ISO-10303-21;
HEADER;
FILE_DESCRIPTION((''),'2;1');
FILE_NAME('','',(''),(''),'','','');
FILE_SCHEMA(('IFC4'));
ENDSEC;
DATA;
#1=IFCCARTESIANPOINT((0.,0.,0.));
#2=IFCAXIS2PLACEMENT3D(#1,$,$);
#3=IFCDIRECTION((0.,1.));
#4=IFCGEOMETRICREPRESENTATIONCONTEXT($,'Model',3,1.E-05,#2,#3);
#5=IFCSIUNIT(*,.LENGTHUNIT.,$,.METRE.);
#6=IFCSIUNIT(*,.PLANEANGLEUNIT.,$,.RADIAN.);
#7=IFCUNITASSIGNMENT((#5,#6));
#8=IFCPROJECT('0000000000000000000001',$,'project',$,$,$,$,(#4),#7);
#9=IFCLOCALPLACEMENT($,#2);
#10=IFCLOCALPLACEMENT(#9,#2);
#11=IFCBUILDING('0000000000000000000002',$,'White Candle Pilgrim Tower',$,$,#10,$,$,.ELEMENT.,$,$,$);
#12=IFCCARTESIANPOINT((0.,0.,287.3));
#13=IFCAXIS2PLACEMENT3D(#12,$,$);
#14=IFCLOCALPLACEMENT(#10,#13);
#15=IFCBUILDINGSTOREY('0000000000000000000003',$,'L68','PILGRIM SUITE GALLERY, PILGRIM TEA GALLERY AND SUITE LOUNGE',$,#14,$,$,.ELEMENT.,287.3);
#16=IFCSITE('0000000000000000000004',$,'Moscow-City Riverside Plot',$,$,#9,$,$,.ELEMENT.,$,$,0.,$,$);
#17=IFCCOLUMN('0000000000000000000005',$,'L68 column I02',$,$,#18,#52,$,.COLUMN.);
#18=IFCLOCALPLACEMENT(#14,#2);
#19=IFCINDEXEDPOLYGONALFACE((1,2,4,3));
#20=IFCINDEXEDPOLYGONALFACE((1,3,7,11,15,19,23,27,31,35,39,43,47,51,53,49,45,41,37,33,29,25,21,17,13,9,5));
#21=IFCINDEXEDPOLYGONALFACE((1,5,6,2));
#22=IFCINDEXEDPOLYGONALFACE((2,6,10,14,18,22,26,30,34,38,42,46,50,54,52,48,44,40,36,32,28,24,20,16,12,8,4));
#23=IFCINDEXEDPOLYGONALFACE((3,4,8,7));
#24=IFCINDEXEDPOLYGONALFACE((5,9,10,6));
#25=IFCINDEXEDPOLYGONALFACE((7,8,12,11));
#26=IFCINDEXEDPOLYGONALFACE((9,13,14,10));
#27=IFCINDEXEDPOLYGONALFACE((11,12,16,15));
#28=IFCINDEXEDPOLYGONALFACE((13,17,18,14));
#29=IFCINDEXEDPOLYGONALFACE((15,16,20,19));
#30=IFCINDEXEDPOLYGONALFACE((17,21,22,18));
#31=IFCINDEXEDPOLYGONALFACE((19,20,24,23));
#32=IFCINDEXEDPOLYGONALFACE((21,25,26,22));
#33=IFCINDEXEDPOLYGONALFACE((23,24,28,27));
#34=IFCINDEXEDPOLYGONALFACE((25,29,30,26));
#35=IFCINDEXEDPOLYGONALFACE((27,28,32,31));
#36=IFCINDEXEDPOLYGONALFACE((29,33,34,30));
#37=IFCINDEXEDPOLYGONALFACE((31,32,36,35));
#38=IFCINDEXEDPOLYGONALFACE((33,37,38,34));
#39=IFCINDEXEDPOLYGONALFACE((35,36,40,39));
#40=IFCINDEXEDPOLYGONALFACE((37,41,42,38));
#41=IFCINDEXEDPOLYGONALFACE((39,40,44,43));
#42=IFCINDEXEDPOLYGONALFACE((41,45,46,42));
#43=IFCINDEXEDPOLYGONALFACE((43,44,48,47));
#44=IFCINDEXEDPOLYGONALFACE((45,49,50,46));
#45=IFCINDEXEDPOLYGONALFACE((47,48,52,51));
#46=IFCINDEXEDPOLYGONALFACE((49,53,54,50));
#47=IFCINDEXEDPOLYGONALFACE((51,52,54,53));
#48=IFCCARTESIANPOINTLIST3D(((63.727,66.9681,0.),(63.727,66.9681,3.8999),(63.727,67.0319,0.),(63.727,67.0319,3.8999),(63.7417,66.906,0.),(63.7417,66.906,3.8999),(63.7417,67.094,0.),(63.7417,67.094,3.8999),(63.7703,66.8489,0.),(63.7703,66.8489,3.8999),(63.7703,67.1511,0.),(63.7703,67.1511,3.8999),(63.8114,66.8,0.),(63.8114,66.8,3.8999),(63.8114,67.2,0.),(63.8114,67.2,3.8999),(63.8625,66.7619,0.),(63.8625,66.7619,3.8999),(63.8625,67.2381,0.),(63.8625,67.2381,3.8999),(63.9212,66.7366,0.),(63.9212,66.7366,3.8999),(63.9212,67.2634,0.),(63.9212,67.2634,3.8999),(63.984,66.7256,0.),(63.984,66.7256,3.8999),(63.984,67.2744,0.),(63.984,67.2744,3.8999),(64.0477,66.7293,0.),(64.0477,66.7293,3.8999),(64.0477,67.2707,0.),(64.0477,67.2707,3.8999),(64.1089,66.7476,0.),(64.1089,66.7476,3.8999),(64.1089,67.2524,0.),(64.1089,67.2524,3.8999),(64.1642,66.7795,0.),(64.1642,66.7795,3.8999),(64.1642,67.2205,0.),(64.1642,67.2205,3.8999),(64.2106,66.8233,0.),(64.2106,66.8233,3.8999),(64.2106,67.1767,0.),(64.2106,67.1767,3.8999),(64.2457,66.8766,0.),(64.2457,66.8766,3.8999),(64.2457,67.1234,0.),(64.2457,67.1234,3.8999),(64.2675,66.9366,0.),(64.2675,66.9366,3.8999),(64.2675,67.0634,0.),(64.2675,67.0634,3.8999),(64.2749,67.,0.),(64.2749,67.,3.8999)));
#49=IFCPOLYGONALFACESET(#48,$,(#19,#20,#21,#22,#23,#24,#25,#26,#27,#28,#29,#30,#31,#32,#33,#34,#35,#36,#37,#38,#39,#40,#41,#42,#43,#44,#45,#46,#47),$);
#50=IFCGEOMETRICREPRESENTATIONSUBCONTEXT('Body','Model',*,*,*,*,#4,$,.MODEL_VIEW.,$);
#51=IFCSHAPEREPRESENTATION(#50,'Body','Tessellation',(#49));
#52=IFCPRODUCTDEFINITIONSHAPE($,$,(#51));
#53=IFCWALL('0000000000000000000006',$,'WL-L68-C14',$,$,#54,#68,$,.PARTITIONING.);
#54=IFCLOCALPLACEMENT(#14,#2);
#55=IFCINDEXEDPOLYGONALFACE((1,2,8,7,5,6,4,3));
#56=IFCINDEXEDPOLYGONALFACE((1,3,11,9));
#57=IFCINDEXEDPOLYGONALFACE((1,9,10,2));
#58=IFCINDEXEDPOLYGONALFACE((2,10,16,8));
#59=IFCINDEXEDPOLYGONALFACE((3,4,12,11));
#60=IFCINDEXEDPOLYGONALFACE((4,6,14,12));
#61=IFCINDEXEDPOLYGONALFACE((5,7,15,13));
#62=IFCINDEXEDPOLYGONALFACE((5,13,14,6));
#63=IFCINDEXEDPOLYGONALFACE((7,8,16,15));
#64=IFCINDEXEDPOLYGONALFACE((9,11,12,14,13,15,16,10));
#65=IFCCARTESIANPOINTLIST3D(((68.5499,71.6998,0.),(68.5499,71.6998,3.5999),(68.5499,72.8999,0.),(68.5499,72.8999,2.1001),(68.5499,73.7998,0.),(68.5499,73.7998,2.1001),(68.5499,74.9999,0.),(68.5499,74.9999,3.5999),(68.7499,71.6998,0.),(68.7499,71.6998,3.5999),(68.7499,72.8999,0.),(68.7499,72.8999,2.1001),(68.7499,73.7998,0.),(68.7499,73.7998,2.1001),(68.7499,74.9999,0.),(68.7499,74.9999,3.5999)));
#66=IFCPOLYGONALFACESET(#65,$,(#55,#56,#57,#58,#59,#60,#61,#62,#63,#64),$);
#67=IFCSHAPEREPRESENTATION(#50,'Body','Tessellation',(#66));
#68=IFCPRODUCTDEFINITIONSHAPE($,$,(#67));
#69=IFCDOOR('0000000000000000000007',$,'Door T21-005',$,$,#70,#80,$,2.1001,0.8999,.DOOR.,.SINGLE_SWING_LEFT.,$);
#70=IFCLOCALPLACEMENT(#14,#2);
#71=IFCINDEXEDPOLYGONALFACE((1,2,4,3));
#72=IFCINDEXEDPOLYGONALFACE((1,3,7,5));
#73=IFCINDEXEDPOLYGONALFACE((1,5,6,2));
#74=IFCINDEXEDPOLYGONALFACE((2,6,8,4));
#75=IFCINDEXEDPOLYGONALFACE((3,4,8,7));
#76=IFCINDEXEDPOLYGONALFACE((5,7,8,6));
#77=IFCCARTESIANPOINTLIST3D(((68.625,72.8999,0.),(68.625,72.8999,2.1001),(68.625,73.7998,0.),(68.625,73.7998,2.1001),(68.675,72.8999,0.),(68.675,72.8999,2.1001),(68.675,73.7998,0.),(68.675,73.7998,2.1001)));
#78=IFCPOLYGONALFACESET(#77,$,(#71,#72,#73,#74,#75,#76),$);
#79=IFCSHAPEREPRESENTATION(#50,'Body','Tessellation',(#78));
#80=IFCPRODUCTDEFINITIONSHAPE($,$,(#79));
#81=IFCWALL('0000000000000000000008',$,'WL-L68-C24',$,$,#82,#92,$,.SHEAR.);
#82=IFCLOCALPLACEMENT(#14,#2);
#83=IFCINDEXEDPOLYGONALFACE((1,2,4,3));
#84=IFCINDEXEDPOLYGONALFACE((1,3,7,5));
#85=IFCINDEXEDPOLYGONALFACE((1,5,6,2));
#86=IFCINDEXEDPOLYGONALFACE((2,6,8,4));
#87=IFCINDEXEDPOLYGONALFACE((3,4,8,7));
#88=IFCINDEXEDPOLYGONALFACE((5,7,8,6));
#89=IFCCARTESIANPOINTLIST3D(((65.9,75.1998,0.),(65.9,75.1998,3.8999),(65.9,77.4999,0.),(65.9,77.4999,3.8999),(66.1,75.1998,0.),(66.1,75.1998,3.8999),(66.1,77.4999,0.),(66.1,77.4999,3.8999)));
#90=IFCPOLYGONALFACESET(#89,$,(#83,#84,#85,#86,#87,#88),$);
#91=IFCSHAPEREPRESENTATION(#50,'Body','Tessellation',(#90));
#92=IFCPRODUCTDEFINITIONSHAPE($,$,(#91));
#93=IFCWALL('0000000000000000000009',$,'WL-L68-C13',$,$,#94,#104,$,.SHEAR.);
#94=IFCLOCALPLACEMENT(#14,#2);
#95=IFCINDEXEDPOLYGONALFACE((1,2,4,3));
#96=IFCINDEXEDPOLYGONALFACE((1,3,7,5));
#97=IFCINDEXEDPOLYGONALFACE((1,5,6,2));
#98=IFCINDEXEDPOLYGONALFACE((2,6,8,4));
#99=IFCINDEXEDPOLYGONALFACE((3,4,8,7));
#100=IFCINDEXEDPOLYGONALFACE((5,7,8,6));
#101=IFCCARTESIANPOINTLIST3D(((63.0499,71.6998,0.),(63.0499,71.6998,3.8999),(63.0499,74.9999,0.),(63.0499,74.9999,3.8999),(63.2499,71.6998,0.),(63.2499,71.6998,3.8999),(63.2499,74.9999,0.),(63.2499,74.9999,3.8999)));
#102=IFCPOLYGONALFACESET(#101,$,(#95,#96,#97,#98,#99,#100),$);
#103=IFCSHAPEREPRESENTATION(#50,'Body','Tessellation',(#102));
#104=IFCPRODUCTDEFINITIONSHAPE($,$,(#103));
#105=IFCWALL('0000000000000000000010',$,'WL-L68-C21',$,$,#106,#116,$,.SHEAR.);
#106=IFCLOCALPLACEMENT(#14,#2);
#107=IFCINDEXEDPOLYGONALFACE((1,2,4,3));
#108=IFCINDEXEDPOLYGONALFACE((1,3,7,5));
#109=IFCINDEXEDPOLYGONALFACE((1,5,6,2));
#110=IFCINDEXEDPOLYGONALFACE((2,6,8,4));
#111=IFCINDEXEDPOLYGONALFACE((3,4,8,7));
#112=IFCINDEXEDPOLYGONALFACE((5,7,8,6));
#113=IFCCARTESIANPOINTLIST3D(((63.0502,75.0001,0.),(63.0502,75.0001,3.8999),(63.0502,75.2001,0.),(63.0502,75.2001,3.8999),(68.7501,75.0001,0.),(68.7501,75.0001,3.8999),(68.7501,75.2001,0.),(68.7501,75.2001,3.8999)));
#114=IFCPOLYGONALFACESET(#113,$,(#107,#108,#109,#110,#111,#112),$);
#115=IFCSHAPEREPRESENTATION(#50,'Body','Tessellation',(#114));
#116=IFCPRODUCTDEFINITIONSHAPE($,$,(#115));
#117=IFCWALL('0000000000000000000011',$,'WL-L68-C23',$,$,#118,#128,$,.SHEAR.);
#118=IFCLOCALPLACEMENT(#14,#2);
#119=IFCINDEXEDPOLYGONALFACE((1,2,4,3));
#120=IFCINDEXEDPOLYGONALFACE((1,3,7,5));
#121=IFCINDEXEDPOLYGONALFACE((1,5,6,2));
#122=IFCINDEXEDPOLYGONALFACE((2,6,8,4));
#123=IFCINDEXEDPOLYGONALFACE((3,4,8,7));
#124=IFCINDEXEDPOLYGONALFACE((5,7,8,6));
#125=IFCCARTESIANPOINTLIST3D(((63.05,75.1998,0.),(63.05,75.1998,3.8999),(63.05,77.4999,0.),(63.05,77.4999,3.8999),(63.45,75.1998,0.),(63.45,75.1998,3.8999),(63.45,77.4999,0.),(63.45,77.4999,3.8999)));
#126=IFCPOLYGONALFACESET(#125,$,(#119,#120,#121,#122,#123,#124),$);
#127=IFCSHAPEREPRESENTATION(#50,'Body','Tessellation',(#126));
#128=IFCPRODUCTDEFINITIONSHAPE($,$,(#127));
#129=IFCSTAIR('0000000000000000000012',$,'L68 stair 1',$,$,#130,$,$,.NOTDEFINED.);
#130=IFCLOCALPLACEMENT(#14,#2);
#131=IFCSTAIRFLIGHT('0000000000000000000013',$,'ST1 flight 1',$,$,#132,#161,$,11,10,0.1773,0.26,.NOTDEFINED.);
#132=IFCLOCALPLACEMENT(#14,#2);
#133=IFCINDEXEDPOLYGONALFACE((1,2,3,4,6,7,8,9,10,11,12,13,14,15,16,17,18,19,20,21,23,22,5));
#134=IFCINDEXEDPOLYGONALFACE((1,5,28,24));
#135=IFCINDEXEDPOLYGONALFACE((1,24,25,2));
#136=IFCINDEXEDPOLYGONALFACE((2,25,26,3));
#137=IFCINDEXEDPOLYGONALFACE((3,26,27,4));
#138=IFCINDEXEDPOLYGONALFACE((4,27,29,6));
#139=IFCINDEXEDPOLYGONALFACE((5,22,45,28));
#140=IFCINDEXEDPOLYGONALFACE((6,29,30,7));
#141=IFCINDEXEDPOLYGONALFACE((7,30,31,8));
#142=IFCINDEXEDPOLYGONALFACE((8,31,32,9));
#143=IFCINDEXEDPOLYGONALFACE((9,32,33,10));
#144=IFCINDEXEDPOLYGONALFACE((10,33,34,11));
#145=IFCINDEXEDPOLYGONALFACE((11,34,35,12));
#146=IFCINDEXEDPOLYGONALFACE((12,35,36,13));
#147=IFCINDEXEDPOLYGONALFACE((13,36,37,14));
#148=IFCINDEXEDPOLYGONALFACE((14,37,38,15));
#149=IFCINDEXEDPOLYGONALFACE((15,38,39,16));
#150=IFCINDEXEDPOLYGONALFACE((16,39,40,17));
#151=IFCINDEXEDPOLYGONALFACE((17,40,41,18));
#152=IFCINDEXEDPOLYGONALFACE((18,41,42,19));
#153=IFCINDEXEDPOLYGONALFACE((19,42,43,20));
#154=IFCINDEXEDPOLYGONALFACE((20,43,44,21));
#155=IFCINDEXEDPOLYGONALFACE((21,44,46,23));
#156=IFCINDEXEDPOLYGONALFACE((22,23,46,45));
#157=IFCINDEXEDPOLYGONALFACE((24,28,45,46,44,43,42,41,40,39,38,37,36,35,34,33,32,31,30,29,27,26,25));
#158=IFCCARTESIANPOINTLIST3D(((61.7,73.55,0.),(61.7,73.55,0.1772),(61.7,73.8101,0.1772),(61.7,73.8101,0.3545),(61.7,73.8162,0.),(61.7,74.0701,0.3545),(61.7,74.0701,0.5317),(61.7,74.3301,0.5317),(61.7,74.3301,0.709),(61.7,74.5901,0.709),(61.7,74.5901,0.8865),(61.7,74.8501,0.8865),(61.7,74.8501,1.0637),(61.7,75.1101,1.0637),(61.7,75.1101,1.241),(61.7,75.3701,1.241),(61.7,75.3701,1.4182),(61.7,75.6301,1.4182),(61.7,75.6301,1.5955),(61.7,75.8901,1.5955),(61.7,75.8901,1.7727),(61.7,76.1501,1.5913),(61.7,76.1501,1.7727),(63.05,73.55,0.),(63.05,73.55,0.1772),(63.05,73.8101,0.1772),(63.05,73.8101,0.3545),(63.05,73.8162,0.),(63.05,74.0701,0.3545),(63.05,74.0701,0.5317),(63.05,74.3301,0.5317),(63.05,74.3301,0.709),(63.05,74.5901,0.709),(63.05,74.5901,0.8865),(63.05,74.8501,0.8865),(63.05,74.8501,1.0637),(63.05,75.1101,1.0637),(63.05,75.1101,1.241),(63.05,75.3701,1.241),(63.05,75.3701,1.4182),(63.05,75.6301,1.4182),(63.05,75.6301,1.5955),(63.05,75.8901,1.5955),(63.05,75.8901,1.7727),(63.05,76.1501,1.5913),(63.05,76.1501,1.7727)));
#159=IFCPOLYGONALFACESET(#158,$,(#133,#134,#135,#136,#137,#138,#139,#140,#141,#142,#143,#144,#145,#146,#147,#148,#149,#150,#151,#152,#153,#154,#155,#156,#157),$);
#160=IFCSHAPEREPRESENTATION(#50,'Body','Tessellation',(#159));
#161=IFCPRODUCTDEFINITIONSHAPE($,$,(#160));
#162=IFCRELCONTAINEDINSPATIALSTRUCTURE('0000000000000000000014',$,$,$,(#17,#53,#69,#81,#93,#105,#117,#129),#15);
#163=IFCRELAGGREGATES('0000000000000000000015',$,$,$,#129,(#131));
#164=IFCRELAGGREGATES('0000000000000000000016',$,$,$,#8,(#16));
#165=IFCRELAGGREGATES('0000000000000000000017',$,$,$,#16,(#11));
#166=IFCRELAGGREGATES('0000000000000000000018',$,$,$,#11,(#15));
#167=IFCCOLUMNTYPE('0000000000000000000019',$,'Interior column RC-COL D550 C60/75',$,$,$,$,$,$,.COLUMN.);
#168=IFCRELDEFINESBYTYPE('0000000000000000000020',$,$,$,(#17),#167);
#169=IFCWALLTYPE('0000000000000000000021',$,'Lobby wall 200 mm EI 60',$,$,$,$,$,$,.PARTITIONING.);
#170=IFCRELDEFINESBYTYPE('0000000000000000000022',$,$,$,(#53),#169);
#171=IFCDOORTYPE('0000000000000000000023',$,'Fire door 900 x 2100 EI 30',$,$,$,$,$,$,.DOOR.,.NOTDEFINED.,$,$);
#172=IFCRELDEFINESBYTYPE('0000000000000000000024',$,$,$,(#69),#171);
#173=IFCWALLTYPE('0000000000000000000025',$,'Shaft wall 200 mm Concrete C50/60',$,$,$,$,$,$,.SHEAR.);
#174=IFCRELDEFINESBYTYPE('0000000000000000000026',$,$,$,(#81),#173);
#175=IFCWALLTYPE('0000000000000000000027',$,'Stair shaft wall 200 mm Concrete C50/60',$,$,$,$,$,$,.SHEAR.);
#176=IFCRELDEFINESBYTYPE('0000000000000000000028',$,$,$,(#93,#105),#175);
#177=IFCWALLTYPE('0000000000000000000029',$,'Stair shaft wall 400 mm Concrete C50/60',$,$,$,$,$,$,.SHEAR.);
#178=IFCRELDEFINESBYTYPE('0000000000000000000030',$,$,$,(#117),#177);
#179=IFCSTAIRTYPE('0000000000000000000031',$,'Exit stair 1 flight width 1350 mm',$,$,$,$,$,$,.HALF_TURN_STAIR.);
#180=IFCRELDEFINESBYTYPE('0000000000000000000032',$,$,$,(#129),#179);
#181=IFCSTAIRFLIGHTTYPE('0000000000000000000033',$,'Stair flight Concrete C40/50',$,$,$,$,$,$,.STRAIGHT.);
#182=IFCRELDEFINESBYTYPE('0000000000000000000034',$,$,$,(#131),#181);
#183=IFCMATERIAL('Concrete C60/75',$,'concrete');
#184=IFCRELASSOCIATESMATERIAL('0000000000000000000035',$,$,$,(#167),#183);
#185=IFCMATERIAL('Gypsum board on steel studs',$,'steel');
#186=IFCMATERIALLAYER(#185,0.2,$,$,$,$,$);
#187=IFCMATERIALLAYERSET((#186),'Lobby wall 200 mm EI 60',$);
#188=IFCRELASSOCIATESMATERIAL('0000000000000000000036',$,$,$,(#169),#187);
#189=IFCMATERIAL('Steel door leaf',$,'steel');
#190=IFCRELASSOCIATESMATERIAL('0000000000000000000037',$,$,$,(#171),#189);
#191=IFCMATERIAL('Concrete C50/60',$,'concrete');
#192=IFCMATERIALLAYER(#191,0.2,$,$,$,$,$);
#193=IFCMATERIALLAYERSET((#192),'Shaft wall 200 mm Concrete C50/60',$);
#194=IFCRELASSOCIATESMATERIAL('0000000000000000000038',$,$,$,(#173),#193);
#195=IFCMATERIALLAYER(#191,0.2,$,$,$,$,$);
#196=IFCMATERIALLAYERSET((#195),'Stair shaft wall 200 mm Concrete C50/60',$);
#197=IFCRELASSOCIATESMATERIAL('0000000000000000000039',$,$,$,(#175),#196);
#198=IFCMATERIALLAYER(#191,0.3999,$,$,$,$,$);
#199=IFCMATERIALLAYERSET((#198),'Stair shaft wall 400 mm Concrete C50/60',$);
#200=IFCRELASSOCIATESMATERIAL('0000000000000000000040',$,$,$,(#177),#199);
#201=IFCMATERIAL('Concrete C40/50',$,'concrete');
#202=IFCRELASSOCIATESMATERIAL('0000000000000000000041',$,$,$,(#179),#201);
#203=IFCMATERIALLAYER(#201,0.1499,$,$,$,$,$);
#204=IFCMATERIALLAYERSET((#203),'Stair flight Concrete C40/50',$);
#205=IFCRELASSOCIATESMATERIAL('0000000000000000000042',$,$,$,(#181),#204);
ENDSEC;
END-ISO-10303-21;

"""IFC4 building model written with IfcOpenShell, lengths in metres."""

from ifc_helpers import new_model, si_unit, direction, frame, frame_2d, origin, origin_2d, place, context, subcontext, project, spatial, polyline, rectangle, circle, outline, extrude, material, layer, layer_set, material_profile, profile_set, type_object, element, fill, aggregate, save


model = new_model("IFC4")

# Units and contexts
model_context = context("Model", 3, precision=1e-05, world=origin(), true_north=direction((0.0, 1.0)))
body_context = subcontext(model_context, "Body", "Model", "MODEL_VIEW")
ifc_project = project(units=[si_unit("LENGTHUNIT", "METRE"), si_unit("PLANEANGLEUNIT", "RADIAN")], contexts=[model_context])

# Site, building, storey
site_placement = place(None, origin())
site = spatial("IfcSite", under=ifc_project, at=site_placement, Name="Moscow-City Riverside Plot", CompositionType="ELEMENT", RefElevation=0.0)
building_placement = place(site_placement, origin())
building = spatial("IfcBuilding", under=site, at=building_placement, Name="White Candle Pilgrim Tower", CompositionType="ELEMENT")
storey_placement = place(building_placement, frame((0.0, 0.0, 287.3)))
storey = spatial("IfcBuildingStorey", under=building, at=storey_placement, Name="L68", Description="PILGRIM SUITE GALLERY, PILGRIM TEA GALLERY AND SUITE LOUNGE", CompositionType="ELEMENT", Elevation=287.3)

# Column
ifc_material_1 = material(Name="Concrete C60/75", Category="concrete")
ifc_material_profile = material_profile(ifc_material_1, circle(Radius=0.2749, at=origin_2d()), Name="RC-COL D550")
ifc_profile_set = profile_set([ifc_material_profile], Name="Concrete C60/75")
column_type = type_object("IfcColumnType", Name="Interior column RC-COL D550 C60/75", PredefinedType="COLUMN", material=ifc_profile_set)
column_placement = place(storey_placement, frame((64.0, 67.0, 0.0), z_axis=(0.0, 0.0, 1.0), x_axis=(1.0, 0.0, 0.0)))
element("IfcColumn", 1, at=column_placement, inside=storey, type_object=column_type, Name="L68 column I02", PredefinedType="COLUMN", context=body_context, shape_type="SweptSolid", body=[
    extrude(circle(Radius=0.2749, at=origin_2d()), origin(), (0.0, 0.0, 1.0), 3.8999),
])

# Wall, opening, door
ifc_material_2 = material(Name="Gypsum board on steel studs", Category="steel")
ifc_layer_1 = layer(ifc_material_2, 0.2)
ifc_layer_set_1 = layer_set([ifc_layer_1], Name="Lobby wall 200 mm EI 60")
wall_type_1 = type_object("IfcWallType", Name="Lobby wall 200 mm EI 60", PredefinedType="PARTITIONING", material=ifc_layer_set_1)
wall_1_placement = place(storey_placement, frame((68.6499, 71.7, 0.0), z_axis=(0.0, 0.0, 1.0), x_axis=(0.0, 1.0, 0.0)))
wall_1 = element("IfcWall", 2, at=wall_1_placement, inside=storey, type_object=wall_type_1, Name="WL-L68-C14", PredefinedType="PARTITIONING", context=body_context, shape_type="SweptSolid", body=[
    extrude(rectangle(XDim=3.3, YDim=0.2, at=frame_2d((1.6499, 0.0))), origin(), (0.0, 0.0, 1.0), 3.5999),
])
opening_placement = place(wall_1_placement, frame((1.2, 0.0, 0.0)))
opening = element("IfcOpeningElement", 3, at=opening_placement, cuts=wall_1, PredefinedType="OPENING", context=body_context, shape_type="SweptSolid", body=[
    extrude(rectangle(XDim=0.8999, YDim=2.1001, at=frame_2d((0.45, 1.05))), frame((0.0, 0.1099, 0.0), z_axis=(0.0, -1.0, 0.0), x_axis=(1.0, 0.0, 0.0)), (0.0, 0.0, 1.0), 0.22),
])
ifc_material_3 = material(Name="Steel door leaf", Category="steel")
door_type = type_object("IfcDoorType", Name="Fire door 900 x 2100 EI 30", OperationType="NOTDEFINED", PredefinedType="DOOR", material=ifc_material_3)
door_placement = place(opening_placement, origin())
door = element("IfcDoor", 4, at=door_placement, inside=storey, type_object=door_type, Name="Door T21-005", OperationType="SINGLE_SWING_LEFT", OverallHeight=2.1001, OverallWidth=0.8999, PredefinedType="DOOR", context=body_context, shape_type="SweptSolid", body=[
    extrude(rectangle(XDim=0.8999, YDim=2.1001, at=frame_2d((0.45, 1.05))), frame((0.0, 0.0249, 0.0), z_axis=(0.0, -1.0, 0.0), x_axis=(1.0, 0.0, 0.0)), (0.0, 0.0, 1.0), 0.05),
])
fill(opening, door)

# Walls
ifc_material_4 = material(Name="Concrete C50/60", Category="concrete")
ifc_layer_2 = layer(ifc_material_4, 0.2)
ifc_layer_set_2 = layer_set([ifc_layer_2], Name="Shaft wall 200 mm Concrete C50/60")
wall_type_2 = type_object("IfcWallType", Name="Shaft wall 200 mm Concrete C50/60", PredefinedType="SHEAR", material=ifc_layer_set_2)
wall_2_placement = place(storey_placement, frame((66.0, 75.2, 0.0), z_axis=(0.0, 0.0, 1.0), x_axis=(0.0, 1.0, 0.0)))
element("IfcWall", 5, at=wall_2_placement, inside=storey, type_object=wall_type_2, Name="WL-L68-C24", PredefinedType="SHEAR", context=body_context, shape_type="SweptSolid", body=[
    extrude(rectangle(XDim=2.3, YDim=0.2, at=frame_2d((1.1499, 0.0))), origin(), (0.0, 0.0, 1.0), 3.8999),
])
ifc_layer_3 = layer(ifc_material_4, 0.2)
ifc_layer_set_3 = layer_set([ifc_layer_3], Name="Stair shaft wall 200 mm Concrete C50/60")
wall_type_3 = type_object("IfcWallType", Name="Stair shaft wall 200 mm Concrete C50/60", PredefinedType="SHEAR", material=ifc_layer_set_3)
wall_3_placement = place(storey_placement, frame((63.1499, 71.7, 0.0), z_axis=(0.0, 0.0, 1.0), x_axis=(0.0, 1.0, 0.0)))
element("IfcWall", 6, at=wall_3_placement, inside=storey, type_object=wall_type_3, Name="WL-L68-C13", PredefinedType="SHEAR", context=body_context, shape_type="SweptSolid", body=[
    extrude(rectangle(XDim=3.3, YDim=0.2, at=frame_2d((1.6499, 0.0))), origin(), (0.0, 0.0, 1.0), 3.8999),
])
wall_4_placement = place(storey_placement, frame((63.05, 75.1001, 0.0), z_axis=(0.0, 0.0, 1.0), x_axis=(1.0, 0.0, 0.0)))
element("IfcWall", 7, at=wall_4_placement, inside=storey, type_object=wall_type_3, Name="WL-L68-C21", PredefinedType="SHEAR", context=body_context, shape_type="SweptSolid", body=[
    extrude(rectangle(XDim=5.7, YDim=0.2, at=frame_2d((2.8501, 0.0))), origin(), (0.0, 0.0, 1.0), 3.8999),
])
ifc_layer_4 = layer(ifc_material_4, 0.3999)
ifc_layer_set_4 = layer_set([ifc_layer_4], Name="Stair shaft wall 400 mm Concrete C50/60")
wall_type_4 = type_object("IfcWallType", Name="Stair shaft wall 400 mm Concrete C50/60", PredefinedType="SHEAR", material=ifc_layer_set_4)
wall_5_placement = place(storey_placement, frame((63.25, 75.2, 0.0), z_axis=(0.0, 0.0, 1.0), x_axis=(0.0, 1.0, 0.0)))
element("IfcWall", 8, at=wall_5_placement, inside=storey, type_object=wall_type_4, Name="WL-L68-C23", PredefinedType="SHEAR", context=body_context, shape_type="SweptSolid", body=[
    extrude(rectangle(XDim=2.3, YDim=0.3999, at=frame_2d((1.1499, 0.0))), origin(), (0.0, 0.0, 1.0), 3.8999),
])

# Stair, stair flight
ifc_material_5 = material(Name="Concrete C40/50", Category="concrete")
stair_type = type_object("IfcStairType", Name="Exit stair 1 flight width 1350 mm", PredefinedType="HALF_TURN_STAIR", material=ifc_material_5)
stair_placement = place(storey_placement, origin())
stair = element("IfcStair", 9, at=stair_placement, inside=storey, type_object=stair_type, Name="L68 stair 1", PredefinedType="NOTDEFINED")
ifc_layer_5 = layer(ifc_material_5, 0.1499)
ifc_layer_set_5 = layer_set([ifc_layer_5], Name="Stair flight Concrete C40/50")
stair_flight_type = type_object("IfcStairFlightType", Name="Stair flight Concrete C40/50", PredefinedType="STRAIGHT", material=ifc_layer_set_5)
stair_flight_1_placement = place(storey_placement, frame((62.375, 73.55, 0.0), z_axis=(0.0, 0.0, 1.0), x_axis=(0.0, 1.0, 0.0)))
stair_flight_1 = element("IfcStairFlight", 10, at=stair_flight_1_placement, type_object=stair_flight_type, Name="ST1 flight 1", NumberOfRisers=11, NumberOfTreads=10, PredefinedType="NOTDEFINED", RiserHeight=0.1773, TreadLength=0.26, context=body_context, shape_type="SweptSolid", body=[
    extrude(outline(polyline([(0.0, 0.0), (0.0, 0.1772), (0.26, 0.1772), (0.26, 0.3545), (0.52, 0.3545), (0.52, 0.5317), (0.78, 0.5317), (0.78, 0.709), (1.04, 0.709), (1.04, 0.8865), (1.3, 0.8865), (1.3, 1.0637), (1.5601, 1.0637), (1.5601, 1.241), (1.8201, 1.241), (1.8201, 1.4182), (2.0801, 1.4182), (2.0801, 1.5955), (2.3401, 1.5955), (2.3401, 1.7727), (2.6001, 1.7727), (2.6001, 1.95), (2.6001, 1.5913), (0.2661, 0.0), (0.0, 0.0)])), frame((0.0, 0.675, 0.0), z_axis=(0.0, -1.0, 0.0), x_axis=(1.0, 0.0, 0.0)), (0.0, 0.0, 1.0), 1.3501),
])
aggregate(stair, [stair_flight_1])

save(model, "model.ifc")
